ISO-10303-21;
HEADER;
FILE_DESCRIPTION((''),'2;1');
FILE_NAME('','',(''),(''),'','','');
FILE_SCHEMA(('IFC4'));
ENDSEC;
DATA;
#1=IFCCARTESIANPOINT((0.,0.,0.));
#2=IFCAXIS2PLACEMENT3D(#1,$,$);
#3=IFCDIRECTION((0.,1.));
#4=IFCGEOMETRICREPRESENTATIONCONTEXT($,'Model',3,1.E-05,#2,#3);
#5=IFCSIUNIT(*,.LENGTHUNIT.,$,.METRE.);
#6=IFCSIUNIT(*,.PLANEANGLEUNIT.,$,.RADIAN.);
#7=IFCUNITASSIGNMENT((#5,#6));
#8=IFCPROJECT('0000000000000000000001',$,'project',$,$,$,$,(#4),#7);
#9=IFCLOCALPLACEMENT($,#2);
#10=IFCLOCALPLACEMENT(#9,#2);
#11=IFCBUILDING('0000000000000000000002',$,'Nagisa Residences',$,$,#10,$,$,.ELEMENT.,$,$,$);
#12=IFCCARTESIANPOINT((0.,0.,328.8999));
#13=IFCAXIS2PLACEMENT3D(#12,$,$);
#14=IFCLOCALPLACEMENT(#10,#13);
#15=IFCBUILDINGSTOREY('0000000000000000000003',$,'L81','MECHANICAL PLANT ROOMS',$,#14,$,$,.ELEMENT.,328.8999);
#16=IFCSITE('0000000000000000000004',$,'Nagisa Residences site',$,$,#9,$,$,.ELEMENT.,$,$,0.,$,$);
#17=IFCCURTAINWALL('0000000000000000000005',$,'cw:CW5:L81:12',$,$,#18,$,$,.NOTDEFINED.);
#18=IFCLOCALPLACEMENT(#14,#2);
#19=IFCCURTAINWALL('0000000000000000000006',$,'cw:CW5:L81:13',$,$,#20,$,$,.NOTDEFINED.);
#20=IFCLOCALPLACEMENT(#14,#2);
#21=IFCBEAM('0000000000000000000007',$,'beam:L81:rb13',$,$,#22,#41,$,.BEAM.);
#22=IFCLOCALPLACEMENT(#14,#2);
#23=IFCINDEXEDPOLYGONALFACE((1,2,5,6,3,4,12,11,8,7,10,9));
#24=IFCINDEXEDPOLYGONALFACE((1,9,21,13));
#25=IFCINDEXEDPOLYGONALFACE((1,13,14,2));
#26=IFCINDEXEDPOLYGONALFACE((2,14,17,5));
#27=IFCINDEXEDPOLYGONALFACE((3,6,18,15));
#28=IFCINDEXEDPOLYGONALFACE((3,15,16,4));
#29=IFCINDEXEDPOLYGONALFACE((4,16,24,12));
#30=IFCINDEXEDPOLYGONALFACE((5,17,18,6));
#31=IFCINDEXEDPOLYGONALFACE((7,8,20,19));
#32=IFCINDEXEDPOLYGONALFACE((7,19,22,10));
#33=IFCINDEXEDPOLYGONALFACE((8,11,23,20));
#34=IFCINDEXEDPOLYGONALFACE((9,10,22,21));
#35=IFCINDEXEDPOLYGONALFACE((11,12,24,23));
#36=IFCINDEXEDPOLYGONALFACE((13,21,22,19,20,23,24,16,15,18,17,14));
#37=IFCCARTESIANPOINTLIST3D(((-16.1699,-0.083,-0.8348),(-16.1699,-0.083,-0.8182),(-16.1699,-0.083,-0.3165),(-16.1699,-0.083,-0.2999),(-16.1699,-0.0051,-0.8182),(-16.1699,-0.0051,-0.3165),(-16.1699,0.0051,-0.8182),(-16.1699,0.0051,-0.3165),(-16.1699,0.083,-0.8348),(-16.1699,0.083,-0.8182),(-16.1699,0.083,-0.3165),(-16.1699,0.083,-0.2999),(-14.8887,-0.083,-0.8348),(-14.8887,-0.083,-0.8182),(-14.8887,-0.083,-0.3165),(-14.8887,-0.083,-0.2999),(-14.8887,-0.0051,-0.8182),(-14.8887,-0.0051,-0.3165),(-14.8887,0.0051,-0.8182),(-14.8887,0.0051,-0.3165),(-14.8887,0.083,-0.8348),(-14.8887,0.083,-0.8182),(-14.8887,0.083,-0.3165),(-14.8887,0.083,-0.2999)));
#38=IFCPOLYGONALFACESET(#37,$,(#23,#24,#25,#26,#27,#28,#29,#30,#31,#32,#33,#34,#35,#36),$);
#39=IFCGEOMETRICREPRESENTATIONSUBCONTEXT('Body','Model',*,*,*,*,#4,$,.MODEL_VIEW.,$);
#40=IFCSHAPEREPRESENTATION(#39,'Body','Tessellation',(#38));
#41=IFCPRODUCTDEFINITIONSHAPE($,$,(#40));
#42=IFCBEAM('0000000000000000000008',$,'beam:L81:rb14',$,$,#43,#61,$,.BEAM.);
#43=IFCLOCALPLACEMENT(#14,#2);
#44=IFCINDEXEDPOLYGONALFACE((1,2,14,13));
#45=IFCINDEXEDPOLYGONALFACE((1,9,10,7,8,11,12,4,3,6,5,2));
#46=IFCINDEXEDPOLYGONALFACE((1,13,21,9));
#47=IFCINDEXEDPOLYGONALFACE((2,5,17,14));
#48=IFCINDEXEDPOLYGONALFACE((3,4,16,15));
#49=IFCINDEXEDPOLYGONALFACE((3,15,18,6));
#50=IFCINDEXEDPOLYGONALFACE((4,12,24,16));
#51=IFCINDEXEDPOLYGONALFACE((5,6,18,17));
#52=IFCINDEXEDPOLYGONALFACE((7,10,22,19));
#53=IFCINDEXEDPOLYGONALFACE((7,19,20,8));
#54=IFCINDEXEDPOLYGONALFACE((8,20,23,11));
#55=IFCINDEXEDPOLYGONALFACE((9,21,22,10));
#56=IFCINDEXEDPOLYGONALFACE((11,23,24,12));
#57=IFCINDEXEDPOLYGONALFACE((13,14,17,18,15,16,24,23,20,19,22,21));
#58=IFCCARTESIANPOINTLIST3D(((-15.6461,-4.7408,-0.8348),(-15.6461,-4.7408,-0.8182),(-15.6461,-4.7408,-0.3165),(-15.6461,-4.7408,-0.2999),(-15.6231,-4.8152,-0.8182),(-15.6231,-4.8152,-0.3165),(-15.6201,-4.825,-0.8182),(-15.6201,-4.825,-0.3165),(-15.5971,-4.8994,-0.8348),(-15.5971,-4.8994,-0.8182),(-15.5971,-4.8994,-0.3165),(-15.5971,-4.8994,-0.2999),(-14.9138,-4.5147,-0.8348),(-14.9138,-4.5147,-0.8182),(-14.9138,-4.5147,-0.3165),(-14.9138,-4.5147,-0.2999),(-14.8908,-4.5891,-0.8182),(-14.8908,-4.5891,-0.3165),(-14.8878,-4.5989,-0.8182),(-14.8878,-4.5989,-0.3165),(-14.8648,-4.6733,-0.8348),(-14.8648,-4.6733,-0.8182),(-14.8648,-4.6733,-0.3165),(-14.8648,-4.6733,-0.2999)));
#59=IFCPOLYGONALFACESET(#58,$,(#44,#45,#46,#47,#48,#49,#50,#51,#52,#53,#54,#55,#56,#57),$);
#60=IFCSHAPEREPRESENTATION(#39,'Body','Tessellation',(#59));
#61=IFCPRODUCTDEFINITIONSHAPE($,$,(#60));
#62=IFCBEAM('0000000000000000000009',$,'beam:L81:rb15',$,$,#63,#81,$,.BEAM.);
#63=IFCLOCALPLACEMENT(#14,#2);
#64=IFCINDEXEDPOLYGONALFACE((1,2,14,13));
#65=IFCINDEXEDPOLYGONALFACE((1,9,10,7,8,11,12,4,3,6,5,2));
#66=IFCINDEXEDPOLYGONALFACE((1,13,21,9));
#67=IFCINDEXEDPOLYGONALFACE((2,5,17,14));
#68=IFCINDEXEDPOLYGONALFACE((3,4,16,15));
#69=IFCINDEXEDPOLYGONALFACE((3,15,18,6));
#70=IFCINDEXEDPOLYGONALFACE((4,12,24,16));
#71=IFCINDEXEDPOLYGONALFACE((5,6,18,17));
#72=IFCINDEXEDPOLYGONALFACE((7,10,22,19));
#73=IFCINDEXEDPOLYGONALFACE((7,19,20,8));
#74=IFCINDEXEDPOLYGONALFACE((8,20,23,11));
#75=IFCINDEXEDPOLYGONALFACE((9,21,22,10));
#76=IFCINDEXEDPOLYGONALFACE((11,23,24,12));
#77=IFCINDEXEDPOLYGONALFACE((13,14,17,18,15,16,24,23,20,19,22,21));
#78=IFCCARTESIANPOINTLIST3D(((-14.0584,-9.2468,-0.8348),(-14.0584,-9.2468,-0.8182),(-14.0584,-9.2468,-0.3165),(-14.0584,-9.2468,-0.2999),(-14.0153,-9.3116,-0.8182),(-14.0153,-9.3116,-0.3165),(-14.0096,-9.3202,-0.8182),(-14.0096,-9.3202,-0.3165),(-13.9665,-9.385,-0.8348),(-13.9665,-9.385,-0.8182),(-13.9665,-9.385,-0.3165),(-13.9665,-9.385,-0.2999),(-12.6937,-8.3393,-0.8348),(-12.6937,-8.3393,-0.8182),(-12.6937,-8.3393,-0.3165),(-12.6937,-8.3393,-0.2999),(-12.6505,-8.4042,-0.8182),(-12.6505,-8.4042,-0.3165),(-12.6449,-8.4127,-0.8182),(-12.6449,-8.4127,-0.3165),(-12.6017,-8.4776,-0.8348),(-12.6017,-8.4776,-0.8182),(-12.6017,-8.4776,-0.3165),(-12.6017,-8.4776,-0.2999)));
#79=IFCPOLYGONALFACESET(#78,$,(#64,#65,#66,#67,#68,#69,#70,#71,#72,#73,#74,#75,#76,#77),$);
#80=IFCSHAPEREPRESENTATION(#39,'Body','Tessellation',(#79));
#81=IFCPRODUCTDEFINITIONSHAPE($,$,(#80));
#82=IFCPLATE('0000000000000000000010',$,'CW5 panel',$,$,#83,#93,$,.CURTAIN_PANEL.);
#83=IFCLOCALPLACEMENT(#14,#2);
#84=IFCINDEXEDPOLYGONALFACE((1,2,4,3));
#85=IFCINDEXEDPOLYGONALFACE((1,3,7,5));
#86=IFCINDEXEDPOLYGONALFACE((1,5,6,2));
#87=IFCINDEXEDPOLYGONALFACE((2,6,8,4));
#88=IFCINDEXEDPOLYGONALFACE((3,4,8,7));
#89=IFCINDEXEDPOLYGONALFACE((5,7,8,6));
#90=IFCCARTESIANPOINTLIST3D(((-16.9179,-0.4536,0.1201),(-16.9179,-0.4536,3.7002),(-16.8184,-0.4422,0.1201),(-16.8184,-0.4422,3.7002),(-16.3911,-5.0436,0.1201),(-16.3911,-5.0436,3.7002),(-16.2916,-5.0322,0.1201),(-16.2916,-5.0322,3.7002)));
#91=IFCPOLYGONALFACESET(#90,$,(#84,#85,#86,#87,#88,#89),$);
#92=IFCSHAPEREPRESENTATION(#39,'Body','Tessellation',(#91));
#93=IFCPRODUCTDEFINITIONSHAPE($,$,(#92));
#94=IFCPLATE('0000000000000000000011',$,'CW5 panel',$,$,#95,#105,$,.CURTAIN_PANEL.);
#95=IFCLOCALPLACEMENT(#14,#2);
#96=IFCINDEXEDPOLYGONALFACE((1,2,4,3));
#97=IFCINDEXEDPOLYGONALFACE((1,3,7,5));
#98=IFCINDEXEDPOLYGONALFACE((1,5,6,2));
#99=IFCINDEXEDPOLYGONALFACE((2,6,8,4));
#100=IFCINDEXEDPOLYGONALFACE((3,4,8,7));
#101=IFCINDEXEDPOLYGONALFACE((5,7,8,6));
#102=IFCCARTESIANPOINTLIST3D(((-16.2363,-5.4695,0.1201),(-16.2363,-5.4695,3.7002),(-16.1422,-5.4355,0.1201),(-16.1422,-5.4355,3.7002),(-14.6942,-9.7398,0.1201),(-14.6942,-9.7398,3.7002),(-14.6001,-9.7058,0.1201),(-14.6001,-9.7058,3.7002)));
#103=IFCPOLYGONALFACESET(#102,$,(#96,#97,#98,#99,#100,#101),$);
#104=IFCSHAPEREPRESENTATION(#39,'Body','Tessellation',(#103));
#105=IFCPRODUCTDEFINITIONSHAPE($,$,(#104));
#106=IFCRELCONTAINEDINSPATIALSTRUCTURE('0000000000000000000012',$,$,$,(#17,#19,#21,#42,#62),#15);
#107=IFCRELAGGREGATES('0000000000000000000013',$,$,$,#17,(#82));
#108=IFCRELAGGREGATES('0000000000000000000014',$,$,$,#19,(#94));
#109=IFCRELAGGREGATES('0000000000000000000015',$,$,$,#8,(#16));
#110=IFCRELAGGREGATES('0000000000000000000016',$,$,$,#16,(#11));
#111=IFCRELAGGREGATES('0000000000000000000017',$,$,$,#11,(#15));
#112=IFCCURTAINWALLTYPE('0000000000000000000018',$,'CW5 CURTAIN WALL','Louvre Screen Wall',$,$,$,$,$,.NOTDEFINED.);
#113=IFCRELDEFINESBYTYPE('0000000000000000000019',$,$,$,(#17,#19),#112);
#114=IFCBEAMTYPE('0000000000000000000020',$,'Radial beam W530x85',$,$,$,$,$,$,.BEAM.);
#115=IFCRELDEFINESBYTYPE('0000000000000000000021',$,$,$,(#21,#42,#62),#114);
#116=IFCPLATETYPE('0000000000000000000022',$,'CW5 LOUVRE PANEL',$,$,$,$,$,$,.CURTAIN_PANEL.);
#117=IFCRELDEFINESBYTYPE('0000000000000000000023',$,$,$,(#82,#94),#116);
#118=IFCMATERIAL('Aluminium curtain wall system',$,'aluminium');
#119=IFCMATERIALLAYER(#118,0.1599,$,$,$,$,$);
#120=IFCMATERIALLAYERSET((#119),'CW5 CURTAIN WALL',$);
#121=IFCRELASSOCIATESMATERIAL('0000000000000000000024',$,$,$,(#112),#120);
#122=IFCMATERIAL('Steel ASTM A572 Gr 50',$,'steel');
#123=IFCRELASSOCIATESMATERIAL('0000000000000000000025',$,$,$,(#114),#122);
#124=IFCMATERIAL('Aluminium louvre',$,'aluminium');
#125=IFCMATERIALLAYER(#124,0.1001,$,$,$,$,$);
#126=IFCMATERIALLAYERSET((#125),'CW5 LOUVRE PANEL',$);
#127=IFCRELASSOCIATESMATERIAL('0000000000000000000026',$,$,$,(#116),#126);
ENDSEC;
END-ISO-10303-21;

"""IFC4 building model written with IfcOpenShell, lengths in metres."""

from ifc_helpers import new_model, si_unit, direction, frame, origin, origin_2d, place, context, subcontext, project, spatial, rectangle, i_section, extrude, material, layer, layer_set, material_profile, profile_set, type_object, element, aggregate, save


model = new_model("IFC4")

# Units and contexts
model_context = context("Model", 3, precision=1e-05, world=origin(), true_north=direction((0.0, 1.0)))
body_context = subcontext(model_context, "Body", "Model", "MODEL_VIEW")
ifc_project = project(units=[si_unit("LENGTHUNIT", "METRE"), si_unit("PLANEANGLEUNIT", "RADIAN")], contexts=[model_context])

# Site, building, storey
site_placement = place(None, origin())
site = spatial("IfcSite", under=ifc_project, at=site_placement, Name="Nagisa Residences site", CompositionType="ELEMENT", RefElevation=0.0)
building_placement = place(site_placement, origin())
building = spatial("IfcBuilding", under=site, at=building_placement, Name="Nagisa Residences", CompositionType="ELEMENT")
storey_placement = place(building_placement, frame((0.0, 0.0, 328.8999)))
storey = spatial("IfcBuildingStorey", under=building, at=storey_placement, Name="L81", Description="MECHANICAL PLANT ROOMS", CompositionType="ELEMENT", Elevation=328.8999)

# Curtain walls
ifc_material_1 = material(Name="Aluminium curtain wall system", Category="aluminium")
ifc_layer_1 = layer(ifc_material_1, 0.1599)
ifc_layer_set_1 = layer_set([ifc_layer_1], Name="CW5 CURTAIN WALL")
curtain_wall_type = type_object("IfcCurtainWallType", Name="CW5 CURTAIN WALL", Description="Louvre Screen Wall", PredefinedType="NOTDEFINED", material=ifc_layer_set_1)
curtain_wall_1_placement = place(storey_placement, origin())
curtain_wall_1 = element("IfcCurtainWall", 1, at=curtain_wall_1_placement, inside=storey, type_object=curtain_wall_type, Name="cw:CW5:L81:12", PredefinedType="NOTDEFINED")
curtain_wall_2_placement = place(storey_placement, origin())
curtain_wall_2 = element("IfcCurtainWall", 2, at=curtain_wall_2_placement, inside=storey, type_object=curtain_wall_type, Name="cw:CW5:L81:13", PredefinedType="NOTDEFINED")

# Beams
ifc_material_2 = material(Name="Steel ASTM A572 Gr 50", Category="steel")
ifc_material_profile_1 = material_profile(ifc_material_2, i_section(OverallWidth=0.166, OverallDepth=0.5349, WebThickness=0.0103, FlangeThickness=0.0166, at=origin_2d()), Name="W530x85")
ifc_profile_set_1 = profile_set([ifc_material_profile_1], Name="Steel ASTM A572 Gr 50")
beam_type_1 = type_object("IfcBeamType", Name="Radial beam W530x85", PredefinedType="BEAM", material=ifc_profile_set_1)
beam_1_placement = place(storey_placement, frame((-16.1699, 0.0, -0.5674), z_axis=(1.0, 0.0, 0.0), x_axis=(0.0, 1.0, 0.0)))
element("IfcBeam", 3, at=beam_1_placement, inside=storey, type_object=beam_type_1, Name="beam:L81:rb13", PredefinedType="BEAM", context=body_context, shape_type="SweptSolid", body=[
    extrude(i_section(OverallWidth=0.166, OverallDepth=0.5349, WebThickness=0.0103, FlangeThickness=0.0166, at=origin_2d()), origin(), (0.0, 0.0, 1.0), 1.2812),
])
beam_2_placement = place(storey_placement, frame((-15.6216, -4.8201, -0.5674), z_axis=(0.955489, 0.295026, 0.0), x_axis=(-0.295026, 0.955489, 0.0)))
element("IfcBeam", 4, at=beam_2_placement, inside=storey, type_object=beam_type_1, Name="beam:L81:rb14", PredefinedType="BEAM", context=body_context, shape_type="SweptSolid", body=[
    extrude(i_section(OverallWidth=0.166, OverallDepth=0.5349, WebThickness=0.0103, FlangeThickness=0.0166, at=origin_2d()), origin(), (0.0, 0.0, 1.0), 0.7664),
])
beam_3_placement = place(storey_placement, frame((-14.0125, -9.3159, -0.5674), z_axis=(0.832714, 0.553703, 0.0), x_axis=(-0.553703, 0.832714, 0.0)))
element("IfcBeam", 5, at=beam_3_placement, inside=storey, type_object=beam_type_1, Name="beam:L81:rb15", PredefinedType="BEAM", context=body_context, shape_type="SweptSolid", body=[
    extrude(i_section(OverallWidth=0.166, OverallDepth=0.5349, WebThickness=0.0103, FlangeThickness=0.0166, at=origin_2d()), origin(), (0.0, 0.0, 1.0), 1.6389),
])

# Plates
ifc_material_3 = material(Name="Aluminium louvre", Category="aluminium")
ifc_layer_2 = layer(ifc_material_3, 0.1001)
ifc_layer_set_2 = layer_set([ifc_layer_2], Name="CW5 LOUVRE PANEL")
plate_type = type_object("IfcPlateType", Name="CW5 LOUVRE PANEL", PredefinedType="CURTAIN_PANEL", material=ifc_layer_set_2)
plate_1_placement = place(storey_placement, frame((-16.6047, -2.7429, 0.1201), z_axis=(0.0, 0.0, 1.0), x_axis=(0.114025, -0.993478, 0.0)))
plate_1 = element("IfcPlate", 6, at=plate_1_placement, type_object=plate_type, Name="CW5 panel", PredefinedType="CURTAIN_PANEL", context=body_context, shape_type="SweptSolid", body=[
    extrude(rectangle(XDim=4.6201, YDim=0.1001, at=origin_2d()), origin(), (0.0, 0.0, 1.0), 3.5801),
])
aggregate(curtain_wall_1, [plate_1])
plate_2_placement = place(storey_placement, frame((-15.4182, -7.5876, 0.1201), z_axis=(0.0, 0.0, 1.0), x_axis=(0.339643, -0.940554, 0.0)))
plate_2 = element("IfcPlate", 7, at=plate_2_placement, type_object=plate_type, Name="CW5 panel", PredefinedType="CURTAIN_PANEL", context=body_context, shape_type="SweptSolid", body=[
    extrude(rectangle(XDim=4.5403, YDim=0.1001, at=origin_2d()), origin(), (0.0, 0.0, 1.0), 3.5801),
])
aggregate(curtain_wall_2, [plate_2])

save(model, "model.ifc")
